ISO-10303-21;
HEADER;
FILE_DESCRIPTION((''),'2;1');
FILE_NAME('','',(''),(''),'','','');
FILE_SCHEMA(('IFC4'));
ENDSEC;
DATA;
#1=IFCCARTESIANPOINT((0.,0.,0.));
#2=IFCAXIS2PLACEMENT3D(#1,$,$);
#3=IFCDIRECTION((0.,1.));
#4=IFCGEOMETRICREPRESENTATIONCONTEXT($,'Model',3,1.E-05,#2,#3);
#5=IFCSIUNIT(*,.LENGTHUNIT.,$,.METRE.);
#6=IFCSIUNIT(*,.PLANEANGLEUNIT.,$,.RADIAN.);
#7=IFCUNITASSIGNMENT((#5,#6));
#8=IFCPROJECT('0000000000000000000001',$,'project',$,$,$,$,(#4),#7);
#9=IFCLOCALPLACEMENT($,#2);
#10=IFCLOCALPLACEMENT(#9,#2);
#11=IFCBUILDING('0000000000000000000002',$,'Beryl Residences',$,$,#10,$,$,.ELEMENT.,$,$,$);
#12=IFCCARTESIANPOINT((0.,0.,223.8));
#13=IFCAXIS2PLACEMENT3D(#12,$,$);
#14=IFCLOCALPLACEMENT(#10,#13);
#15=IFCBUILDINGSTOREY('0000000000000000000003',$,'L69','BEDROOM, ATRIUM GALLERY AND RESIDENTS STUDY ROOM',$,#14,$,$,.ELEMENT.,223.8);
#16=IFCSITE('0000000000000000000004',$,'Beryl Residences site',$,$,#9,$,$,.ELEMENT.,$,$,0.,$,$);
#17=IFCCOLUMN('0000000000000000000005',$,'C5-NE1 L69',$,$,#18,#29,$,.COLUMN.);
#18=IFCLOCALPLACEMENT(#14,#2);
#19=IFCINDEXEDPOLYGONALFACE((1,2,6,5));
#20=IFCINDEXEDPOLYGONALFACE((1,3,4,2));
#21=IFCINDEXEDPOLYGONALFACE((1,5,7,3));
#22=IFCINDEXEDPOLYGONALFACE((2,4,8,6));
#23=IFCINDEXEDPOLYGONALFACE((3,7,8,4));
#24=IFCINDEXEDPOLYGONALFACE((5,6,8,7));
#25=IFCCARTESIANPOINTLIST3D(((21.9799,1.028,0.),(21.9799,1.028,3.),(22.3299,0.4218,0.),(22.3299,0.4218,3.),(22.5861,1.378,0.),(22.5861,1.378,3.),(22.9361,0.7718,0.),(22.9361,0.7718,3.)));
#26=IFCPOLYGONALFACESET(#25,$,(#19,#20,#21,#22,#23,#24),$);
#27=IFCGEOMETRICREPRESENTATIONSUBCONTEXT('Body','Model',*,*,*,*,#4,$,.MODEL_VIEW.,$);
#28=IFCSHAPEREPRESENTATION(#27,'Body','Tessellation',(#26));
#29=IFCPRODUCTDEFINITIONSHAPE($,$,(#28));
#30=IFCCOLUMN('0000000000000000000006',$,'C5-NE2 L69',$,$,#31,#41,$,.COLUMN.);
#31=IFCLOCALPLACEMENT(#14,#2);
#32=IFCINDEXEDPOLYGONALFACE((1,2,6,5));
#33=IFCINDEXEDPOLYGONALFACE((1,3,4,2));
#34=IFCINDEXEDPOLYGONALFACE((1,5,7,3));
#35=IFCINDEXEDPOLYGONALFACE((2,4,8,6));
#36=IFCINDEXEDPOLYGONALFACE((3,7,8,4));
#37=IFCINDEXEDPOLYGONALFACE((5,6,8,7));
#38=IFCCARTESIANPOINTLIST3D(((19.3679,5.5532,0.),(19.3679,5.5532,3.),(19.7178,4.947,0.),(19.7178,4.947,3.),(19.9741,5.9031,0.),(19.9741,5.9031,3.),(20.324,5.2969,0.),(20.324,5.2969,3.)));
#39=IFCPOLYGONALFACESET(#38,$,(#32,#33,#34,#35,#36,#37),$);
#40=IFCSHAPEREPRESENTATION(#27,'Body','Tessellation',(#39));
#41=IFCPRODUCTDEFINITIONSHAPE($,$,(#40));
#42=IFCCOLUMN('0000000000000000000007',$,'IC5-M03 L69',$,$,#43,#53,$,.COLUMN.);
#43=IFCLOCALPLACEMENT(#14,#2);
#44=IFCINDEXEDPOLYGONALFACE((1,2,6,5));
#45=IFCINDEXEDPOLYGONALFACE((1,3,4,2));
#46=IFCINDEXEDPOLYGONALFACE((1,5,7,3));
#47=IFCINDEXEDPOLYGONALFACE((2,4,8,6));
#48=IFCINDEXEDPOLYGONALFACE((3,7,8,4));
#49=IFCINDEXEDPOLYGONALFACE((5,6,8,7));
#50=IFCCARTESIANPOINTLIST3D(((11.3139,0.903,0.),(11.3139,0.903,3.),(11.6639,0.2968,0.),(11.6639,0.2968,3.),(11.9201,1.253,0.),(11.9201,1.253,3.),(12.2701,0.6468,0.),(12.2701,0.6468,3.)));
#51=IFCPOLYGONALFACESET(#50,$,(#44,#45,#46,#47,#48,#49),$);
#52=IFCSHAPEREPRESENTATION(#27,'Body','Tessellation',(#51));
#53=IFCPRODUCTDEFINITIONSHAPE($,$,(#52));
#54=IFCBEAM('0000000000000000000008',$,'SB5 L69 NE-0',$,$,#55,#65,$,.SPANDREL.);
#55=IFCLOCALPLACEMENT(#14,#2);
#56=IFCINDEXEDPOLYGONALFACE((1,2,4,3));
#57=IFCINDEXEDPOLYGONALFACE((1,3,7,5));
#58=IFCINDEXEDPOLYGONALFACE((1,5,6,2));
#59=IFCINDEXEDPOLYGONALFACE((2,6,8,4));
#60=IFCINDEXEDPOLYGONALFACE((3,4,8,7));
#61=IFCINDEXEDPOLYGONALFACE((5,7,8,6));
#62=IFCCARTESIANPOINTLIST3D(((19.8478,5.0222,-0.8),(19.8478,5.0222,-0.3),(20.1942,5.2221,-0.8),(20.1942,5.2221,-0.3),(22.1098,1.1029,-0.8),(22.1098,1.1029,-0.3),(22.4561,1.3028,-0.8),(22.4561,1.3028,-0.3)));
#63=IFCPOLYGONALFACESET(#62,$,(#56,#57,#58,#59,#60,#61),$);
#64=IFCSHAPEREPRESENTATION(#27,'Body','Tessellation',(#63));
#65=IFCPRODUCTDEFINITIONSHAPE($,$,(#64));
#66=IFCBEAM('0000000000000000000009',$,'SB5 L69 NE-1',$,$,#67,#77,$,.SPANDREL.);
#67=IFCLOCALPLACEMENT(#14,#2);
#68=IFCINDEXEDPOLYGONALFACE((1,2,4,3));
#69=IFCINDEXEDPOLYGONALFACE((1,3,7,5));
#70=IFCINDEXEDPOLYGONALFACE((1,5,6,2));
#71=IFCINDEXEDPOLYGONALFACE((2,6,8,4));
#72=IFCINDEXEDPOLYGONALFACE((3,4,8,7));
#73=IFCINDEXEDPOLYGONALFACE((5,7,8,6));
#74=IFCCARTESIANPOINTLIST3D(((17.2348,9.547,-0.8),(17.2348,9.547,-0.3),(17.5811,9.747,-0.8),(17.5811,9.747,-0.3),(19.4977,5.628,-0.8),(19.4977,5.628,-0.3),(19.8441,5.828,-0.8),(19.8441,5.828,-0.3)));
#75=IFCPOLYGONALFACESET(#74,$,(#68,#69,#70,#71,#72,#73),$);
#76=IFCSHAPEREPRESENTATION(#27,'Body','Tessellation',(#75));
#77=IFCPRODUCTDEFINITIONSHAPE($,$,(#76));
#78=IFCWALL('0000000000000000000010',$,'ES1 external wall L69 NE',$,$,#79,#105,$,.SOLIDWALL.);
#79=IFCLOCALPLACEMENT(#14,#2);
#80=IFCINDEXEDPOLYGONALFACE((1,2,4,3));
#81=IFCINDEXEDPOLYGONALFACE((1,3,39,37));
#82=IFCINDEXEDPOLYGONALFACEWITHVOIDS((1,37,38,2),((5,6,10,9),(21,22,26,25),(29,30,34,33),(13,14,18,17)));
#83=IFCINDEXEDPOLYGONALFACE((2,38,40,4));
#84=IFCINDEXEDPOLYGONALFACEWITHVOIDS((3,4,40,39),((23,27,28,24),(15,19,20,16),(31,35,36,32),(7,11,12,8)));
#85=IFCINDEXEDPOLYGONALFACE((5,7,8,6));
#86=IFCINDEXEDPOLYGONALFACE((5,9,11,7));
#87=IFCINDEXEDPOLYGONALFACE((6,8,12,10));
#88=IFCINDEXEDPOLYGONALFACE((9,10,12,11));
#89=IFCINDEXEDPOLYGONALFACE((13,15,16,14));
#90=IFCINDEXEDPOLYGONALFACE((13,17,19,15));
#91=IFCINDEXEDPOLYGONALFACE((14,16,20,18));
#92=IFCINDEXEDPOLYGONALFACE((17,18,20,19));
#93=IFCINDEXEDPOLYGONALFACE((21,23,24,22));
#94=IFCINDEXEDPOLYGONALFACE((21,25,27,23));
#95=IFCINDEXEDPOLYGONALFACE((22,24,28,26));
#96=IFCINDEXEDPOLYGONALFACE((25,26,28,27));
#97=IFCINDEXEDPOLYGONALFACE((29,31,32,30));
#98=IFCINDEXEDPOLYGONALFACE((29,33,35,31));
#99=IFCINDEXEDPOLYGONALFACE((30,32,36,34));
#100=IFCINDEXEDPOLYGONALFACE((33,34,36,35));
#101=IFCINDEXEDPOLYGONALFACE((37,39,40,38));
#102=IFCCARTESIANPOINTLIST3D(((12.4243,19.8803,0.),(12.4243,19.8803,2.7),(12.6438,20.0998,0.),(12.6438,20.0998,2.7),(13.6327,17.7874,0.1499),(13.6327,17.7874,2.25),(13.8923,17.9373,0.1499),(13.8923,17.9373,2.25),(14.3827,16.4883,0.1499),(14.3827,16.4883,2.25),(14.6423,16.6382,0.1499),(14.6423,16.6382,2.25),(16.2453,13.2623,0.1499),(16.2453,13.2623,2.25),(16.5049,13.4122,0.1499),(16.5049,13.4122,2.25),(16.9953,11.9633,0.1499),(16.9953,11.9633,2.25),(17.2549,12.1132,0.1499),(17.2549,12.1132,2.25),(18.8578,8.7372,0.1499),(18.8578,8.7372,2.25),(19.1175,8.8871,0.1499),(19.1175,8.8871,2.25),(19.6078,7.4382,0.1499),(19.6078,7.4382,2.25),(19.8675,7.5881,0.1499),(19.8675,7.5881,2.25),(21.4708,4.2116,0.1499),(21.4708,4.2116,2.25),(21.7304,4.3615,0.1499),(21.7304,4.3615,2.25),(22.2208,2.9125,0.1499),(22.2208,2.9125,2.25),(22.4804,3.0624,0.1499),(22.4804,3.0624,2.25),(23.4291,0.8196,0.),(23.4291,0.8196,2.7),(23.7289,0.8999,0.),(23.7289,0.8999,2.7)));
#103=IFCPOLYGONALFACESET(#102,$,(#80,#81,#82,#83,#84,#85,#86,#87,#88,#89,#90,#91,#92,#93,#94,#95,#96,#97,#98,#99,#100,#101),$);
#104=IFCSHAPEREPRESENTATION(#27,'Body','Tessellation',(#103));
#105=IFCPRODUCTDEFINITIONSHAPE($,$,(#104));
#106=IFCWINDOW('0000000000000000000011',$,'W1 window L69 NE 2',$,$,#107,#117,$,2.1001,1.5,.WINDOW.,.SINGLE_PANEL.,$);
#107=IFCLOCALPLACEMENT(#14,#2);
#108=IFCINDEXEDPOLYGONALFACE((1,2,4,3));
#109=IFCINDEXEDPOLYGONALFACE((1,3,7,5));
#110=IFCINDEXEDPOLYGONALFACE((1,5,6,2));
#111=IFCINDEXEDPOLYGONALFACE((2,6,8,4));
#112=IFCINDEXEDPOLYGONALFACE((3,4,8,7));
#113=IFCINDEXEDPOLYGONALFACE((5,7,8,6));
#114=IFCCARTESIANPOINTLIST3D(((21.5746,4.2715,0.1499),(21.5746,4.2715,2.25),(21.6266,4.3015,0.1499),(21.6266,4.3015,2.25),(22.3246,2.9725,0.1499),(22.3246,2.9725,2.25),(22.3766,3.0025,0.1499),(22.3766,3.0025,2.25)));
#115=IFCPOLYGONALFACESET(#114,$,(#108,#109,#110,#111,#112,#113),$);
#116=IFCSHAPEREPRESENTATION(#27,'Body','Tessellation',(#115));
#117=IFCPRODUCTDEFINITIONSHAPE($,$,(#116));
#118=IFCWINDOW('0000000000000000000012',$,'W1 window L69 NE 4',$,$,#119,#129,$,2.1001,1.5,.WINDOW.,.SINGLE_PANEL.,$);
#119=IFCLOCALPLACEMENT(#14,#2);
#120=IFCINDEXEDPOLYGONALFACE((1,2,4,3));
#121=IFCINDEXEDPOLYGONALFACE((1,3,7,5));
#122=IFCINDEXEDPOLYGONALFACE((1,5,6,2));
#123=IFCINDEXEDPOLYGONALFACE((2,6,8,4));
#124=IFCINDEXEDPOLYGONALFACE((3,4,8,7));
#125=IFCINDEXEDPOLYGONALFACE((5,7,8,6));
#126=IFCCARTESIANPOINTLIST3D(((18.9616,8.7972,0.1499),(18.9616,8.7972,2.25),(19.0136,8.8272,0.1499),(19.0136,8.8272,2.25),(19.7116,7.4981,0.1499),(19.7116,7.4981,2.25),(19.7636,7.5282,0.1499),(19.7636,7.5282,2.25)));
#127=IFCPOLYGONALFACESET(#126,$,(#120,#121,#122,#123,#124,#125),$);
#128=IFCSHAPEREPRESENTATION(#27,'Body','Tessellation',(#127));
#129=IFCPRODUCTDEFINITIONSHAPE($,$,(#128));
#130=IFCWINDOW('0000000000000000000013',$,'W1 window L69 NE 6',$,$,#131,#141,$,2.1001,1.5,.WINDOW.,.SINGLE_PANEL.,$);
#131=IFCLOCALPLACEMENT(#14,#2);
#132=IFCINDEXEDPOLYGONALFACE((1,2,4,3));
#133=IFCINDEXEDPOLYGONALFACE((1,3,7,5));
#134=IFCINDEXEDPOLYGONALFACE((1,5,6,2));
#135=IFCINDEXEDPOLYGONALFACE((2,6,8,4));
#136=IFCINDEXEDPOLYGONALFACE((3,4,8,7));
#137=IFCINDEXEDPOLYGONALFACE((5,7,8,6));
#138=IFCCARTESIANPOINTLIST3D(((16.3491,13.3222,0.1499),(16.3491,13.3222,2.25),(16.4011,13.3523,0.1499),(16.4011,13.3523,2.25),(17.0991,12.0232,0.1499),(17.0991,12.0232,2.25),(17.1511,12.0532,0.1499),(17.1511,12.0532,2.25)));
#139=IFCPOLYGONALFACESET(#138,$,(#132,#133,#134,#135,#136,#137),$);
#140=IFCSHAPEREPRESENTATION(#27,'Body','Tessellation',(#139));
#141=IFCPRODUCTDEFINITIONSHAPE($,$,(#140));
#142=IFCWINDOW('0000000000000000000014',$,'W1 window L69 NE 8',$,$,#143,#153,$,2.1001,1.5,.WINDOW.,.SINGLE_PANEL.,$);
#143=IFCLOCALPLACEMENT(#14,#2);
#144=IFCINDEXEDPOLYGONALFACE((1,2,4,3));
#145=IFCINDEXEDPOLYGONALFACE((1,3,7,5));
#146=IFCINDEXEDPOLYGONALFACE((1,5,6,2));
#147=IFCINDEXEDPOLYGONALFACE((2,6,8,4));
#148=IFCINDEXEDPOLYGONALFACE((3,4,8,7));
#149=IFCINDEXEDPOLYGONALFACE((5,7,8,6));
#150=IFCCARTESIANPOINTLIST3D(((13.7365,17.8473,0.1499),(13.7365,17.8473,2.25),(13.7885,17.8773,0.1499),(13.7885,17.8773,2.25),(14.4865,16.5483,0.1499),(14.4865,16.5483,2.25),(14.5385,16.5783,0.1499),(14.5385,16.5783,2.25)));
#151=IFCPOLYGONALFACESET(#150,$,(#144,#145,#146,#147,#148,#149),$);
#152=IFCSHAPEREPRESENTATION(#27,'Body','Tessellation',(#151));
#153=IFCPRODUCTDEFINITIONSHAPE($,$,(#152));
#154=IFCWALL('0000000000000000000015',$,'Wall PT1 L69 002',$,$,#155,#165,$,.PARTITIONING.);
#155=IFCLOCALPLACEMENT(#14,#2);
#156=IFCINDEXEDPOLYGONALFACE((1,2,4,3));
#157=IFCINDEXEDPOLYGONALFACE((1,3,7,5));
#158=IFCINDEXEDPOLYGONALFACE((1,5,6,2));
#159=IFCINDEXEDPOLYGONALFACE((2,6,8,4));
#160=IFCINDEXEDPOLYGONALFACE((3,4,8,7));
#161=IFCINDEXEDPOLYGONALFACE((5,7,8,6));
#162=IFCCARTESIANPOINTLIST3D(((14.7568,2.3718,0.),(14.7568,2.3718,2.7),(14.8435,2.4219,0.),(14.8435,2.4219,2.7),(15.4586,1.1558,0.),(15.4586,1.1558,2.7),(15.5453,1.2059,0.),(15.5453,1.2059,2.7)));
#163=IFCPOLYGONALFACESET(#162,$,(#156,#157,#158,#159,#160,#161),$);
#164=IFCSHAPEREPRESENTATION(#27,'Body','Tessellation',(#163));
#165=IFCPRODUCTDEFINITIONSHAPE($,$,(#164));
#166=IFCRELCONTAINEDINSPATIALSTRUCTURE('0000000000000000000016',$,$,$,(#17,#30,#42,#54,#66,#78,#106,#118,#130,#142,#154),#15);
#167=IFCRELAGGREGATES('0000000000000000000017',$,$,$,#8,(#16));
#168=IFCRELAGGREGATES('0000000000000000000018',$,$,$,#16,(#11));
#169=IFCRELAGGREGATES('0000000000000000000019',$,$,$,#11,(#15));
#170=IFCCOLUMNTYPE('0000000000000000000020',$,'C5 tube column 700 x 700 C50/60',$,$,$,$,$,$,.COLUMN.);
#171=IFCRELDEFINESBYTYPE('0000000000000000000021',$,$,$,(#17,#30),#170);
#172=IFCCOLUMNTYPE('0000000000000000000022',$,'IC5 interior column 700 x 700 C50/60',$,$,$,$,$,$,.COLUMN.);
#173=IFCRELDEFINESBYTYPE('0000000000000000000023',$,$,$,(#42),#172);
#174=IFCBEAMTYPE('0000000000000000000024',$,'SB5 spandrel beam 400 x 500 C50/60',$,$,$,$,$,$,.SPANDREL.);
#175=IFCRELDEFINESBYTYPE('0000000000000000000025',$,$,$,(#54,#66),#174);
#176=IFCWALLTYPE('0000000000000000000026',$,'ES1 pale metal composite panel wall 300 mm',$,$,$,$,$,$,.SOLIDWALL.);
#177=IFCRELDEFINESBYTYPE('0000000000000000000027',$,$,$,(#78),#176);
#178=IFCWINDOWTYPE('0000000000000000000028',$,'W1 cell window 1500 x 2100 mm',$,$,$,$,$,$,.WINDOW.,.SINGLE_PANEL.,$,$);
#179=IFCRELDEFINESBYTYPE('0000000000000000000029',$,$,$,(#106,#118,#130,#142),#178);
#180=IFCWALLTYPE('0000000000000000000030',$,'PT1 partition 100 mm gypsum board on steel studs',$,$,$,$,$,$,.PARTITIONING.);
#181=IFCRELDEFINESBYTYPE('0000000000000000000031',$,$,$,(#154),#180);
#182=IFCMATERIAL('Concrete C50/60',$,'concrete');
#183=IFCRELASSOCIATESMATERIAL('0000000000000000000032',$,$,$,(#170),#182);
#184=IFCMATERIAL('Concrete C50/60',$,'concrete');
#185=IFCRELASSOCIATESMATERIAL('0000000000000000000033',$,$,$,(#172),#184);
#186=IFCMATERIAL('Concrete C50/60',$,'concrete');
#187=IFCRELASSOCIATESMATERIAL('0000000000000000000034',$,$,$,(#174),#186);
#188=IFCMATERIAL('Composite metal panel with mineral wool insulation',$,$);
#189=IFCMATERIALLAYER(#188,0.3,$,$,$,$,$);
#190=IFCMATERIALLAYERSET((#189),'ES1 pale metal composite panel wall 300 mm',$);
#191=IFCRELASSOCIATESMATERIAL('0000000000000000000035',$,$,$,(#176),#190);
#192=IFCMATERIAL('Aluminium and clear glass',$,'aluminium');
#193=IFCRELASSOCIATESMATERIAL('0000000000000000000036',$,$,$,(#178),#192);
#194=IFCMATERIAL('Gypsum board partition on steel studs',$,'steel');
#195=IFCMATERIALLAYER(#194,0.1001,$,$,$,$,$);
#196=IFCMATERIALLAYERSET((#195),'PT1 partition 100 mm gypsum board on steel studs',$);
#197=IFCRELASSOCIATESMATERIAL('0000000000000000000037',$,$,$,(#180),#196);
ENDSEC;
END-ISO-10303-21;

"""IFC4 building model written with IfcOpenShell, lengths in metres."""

from ifc_helpers import new_model, si_unit, direction, frame, frame_2d, origin, origin_2d, place, context, subcontext, project, spatial, polyline, rectangle, outline, extrude, material, layer, layer_set, material_profile, profile_set, type_object, element, fill, save


model = new_model("IFC4")

# Units and contexts
model_context = context("Model", 3, precision=1e-05, world=origin(), true_north=direction((0.0, 1.0)))
body_context = subcontext(model_context, "Body", "Model", "MODEL_VIEW")
ifc_project = project(units=[si_unit("LENGTHUNIT", "METRE"), si_unit("PLANEANGLEUNIT", "RADIAN")], contexts=[model_context])

# Site, building, storey
site_placement = place(None, origin())
site = spatial("IfcSite", under=ifc_project, at=site_placement, Name="Beryl Residences site", CompositionType="ELEMENT", RefElevation=0.0)
building_placement = place(site_placement, origin())
building = spatial("IfcBuilding", under=site, at=building_placement, Name="Beryl Residences", CompositionType="ELEMENT")
storey_placement = place(building_placement, frame((0.0, 0.0, 223.8)))
storey = spatial("IfcBuildingStorey", under=building, at=storey_placement, Name="L69", Description="BEDROOM, ATRIUM GALLERY AND RESIDENTS STUDY ROOM", CompositionType="ELEMENT", Elevation=223.8)

# Columns
ifc_material_1 = material(Name="Concrete C50/60", Category="concrete")
ifc_material_profile_1 = material_profile(ifc_material_1, rectangle(XDim=0.7, YDim=0.7, at=origin_2d()))
ifc_profile_set_1 = profile_set([ifc_material_profile_1], Name="Concrete C50/60")
column_type_1 = type_object("IfcColumnType", Name="C5 tube column 700 x 700 C50/60", PredefinedType="COLUMN", material=ifc_profile_set_1)
for number, where, z_axis, x_axis, name in (
    (1, (22.458, 0.8999, 0.0), (0.0, 0.0, 1.0), (-0.49997, 0.866043, 0.0), "C5-NE1 L69"),
    (2, (19.8459, 5.425, 0.0), (0.0, 0.0, 1.0), (-0.49997, 0.866043, 0.0), "C5-NE2 L69"),
):
    element("IfcColumn", number, at=place(storey_placement, frame(where, z_axis=z_axis, x_axis=x_axis)), inside=storey, type_object=column_type_1, Name=name, PredefinedType="COLUMN", context=body_context, shape_type="SweptSolid", body=[
        extrude(rectangle(XDim=0.7, YDim=0.7, at=origin_2d()), origin(), (0.0, 0.0, 1.0), 3.0),
    ])
ifc_material_2 = material(Name="Concrete C50/60", Category="concrete")
ifc_material_profile_2 = material_profile(ifc_material_2, rectangle(XDim=0.7, YDim=0.7, at=origin_2d()))
ifc_profile_set_2 = profile_set([ifc_material_profile_2], Name="Concrete C50/60")
column_type_2 = type_object("IfcColumnType", Name="IC5 interior column 700 x 700 C50/60", PredefinedType="COLUMN", material=ifc_profile_set_2)
column_placement = place(storey_placement, frame((11.792, 0.7749, 0.0), z_axis=(0.0, 0.0, 1.0), x_axis=(-0.49997, 0.866043, 0.0)))
element("IfcColumn", 3, at=column_placement, inside=storey, type_object=column_type_2, Name="IC5-M03 L69", PredefinedType="COLUMN", context=body_context, shape_type="SweptSolid", body=[
    extrude(rectangle(XDim=0.7, YDim=0.7, at=origin_2d()), origin(), (0.0, 0.0, 1.0), 3.0),
])

# Beams
ifc_material_3 = material(Name="Concrete C50/60", Category="concrete")
ifc_material_profile_3 = material_profile(ifc_material_3, rectangle(XDim=0.3999, YDim=0.5, at=origin_2d()))
ifc_profile_set_3 = profile_set([ifc_material_profile_3], Name="Concrete C50/60")
beam_type = type_object("IfcBeamType", Name="SB5 spandrel beam 400 x 500 C50/60", PredefinedType="SPANDREL", material=ifc_profile_set_3)
beam_1_placement = place(storey_placement, frame((22.283, 1.2029, -0.55), z_axis=(-0.49987, 0.8661, 0.0), x_axis=(-0.8661, -0.49987, 0.0)))
element("IfcBeam", 4, at=beam_1_placement, inside=storey, type_object=beam_type, Name="SB5 L69 NE-0", PredefinedType="SPANDREL", context=body_context, shape_type="SweptSolid", body=[
    extrude(rectangle(XDim=0.3999, YDim=0.5, at=origin_2d()), origin(), (0.0, 0.0, 1.0), 4.5251),
])
beam_2_placement = place(storey_placement, frame((19.6709, 5.728, -0.55), z_axis=(-0.500056, 0.865993, 0.0), x_axis=(-0.865993, -0.500056, 0.0)))
element("IfcBeam", 5, at=beam_2_placement, inside=storey, type_object=beam_type, Name="SB5 L69 NE-1", PredefinedType="SPANDREL", context=body_context, shape_type="SweptSolid", body=[
    extrude(rectangle(XDim=0.3999, YDim=0.5, at=origin_2d()), origin(), (0.0, 0.0, 1.0), 4.5254),
])

# Wall, openings, windows
ifc_material_4 = material(Name="Composite metal panel with mineral wool insulation")
ifc_layer_1 = layer(ifc_material_4, 0.3)
ifc_layer_set_1 = layer_set([ifc_layer_1], Name="ES1 pale metal composite panel wall 300 mm")
wall_type_1 = type_object("IfcWallType", Name="ES1 pale metal composite panel wall 300 mm", PredefinedType="SOLIDWALL", material=ifc_layer_set_1)
wall_1_placement = place(storey_placement, frame((23.5991, 0.825, 0.0), z_axis=(0.0, 0.0, 1.0), x_axis=(-0.500004, 0.866023, 0.0)))
wall_1 = element("IfcWall", 6, at=wall_1_placement, inside=storey, type_object=wall_type_1, Name="ES1 external wall L69 NE", PredefinedType="SOLIDWALL", context=body_context, shape_type="SweptSolid", body=[
    extrude(outline(polyline([(0.0, -0.1499), (22.1702, -0.1499), (22.0898, 0.1499), (0.0803, 0.1499), (0.0, -0.1499)])), origin(), (0.0, 0.0, 1.0), 2.7),
])
opening_1_placement = place(wall_1_placement, frame((2.4971, 0.0, 0.1499)))
opening_1 = element("IfcOpeningElement", 7, at=opening_1_placement, cuts=wall_1, PredefinedType="OPENING", context=body_context, shape_type="SweptSolid", body=[
    extrude(rectangle(XDim=1.5, YDim=2.1001, at=frame_2d((0.75, 1.05))), frame((0.0, 0.1599, 0.0), z_axis=(0.0, -1.0, 0.0), x_axis=(1.0, 0.0, 0.0)), (0.0, 0.0, 1.0), 0.3201),
])
opening_2_placement = place(wall_1_placement, frame((7.7229, 0.0, 0.1499)))
opening_2 = element("IfcOpeningElement", 8, at=opening_2_placement, cuts=wall_1, PredefinedType="OPENING", context=body_context, shape_type="SweptSolid", body=[
    extrude(rectangle(XDim=1.5, YDim=2.1001, at=frame_2d((0.75, 1.05))), frame((0.0, 0.1599, 0.0), z_axis=(0.0, -1.0, 0.0), x_axis=(1.0, 0.0, 0.0)), (0.0, 0.0, 1.0), 0.3201),
])
opening_3_placement = place(wall_1_placement, frame((12.948, 0.0, 0.1499)))
opening_3 = element("IfcOpeningElement", 9, at=opening_3_placement, cuts=wall_1, PredefinedType="OPENING", context=body_context, shape_type="SweptSolid", body=[
    extrude(rectangle(XDim=1.5, YDim=2.1001, at=frame_2d((0.75, 1.05))), frame((0.0, 0.1599, 0.0), z_axis=(0.0, -1.0, 0.0), x_axis=(1.0, 0.0, 0.0)), (0.0, 0.0, 1.0), 0.3201),
])
opening_4_placement = place(wall_1_placement, frame((18.1731, 0.0, 0.1499)))
opening_4 = element("IfcOpeningElement", 10, at=opening_4_placement, cuts=wall_1, PredefinedType="OPENING", context=body_context, shape_type="SweptSolid", body=[
    extrude(rectangle(XDim=1.5, YDim=2.1001, at=frame_2d((0.75, 1.05))), frame((0.0, 0.1599, 0.0), z_axis=(0.0, -1.0, 0.0), x_axis=(1.0, 0.0, 0.0)), (0.0, 0.0, 1.0), 0.3201),
])
ifc_material_5 = material(Name="Aluminium and clear glass", Category="aluminium")
window_type = type_object("IfcWindowType", Name="W1 cell window 1500 x 2100 mm", PartitioningType="SINGLE_PANEL", PredefinedType="WINDOW", material=ifc_material_5)
window_1_placement = place(opening_1_placement, origin())
window_1 = element("IfcWindow", 11, at=window_1_placement, inside=storey, type_object=window_type, Name="W1 window L69 NE 2", OverallHeight=2.1001, OverallWidth=1.5, PartitioningType="SINGLE_PANEL", PredefinedType="WINDOW", context=body_context, shape_type="SweptSolid", body=[
    extrude(rectangle(XDim=1.5, YDim=2.1001, at=frame_2d((0.75, 1.05))), frame((0.0, 0.03, 0.0), z_axis=(0.0, -1.0, 0.0), x_axis=(1.0, 0.0, 0.0)), (0.0, 0.0, 1.0), 0.0601),
])
fill(opening_1, window_1)
window_2_placement = place(opening_2_placement, origin())
window_2 = element("IfcWindow", 12, at=window_2_placement, inside=storey, type_object=window_type, Name="W1 window L69 NE 4", OverallHeight=2.1001, OverallWidth=1.5, PartitioningType="SINGLE_PANEL", PredefinedType="WINDOW", context=body_context, shape_type="SweptSolid", body=[
    extrude(rectangle(XDim=1.5, YDim=2.1001, at=frame_2d((0.75, 1.05))), frame((0.0, 0.03, 0.0), z_axis=(0.0, -1.0, 0.0), x_axis=(1.0, 0.0, 0.0)), (0.0, 0.0, 1.0), 0.0601),
])
fill(opening_2, window_2)
window_3_placement = place(opening_3_placement, origin())
window_3 = element("IfcWindow", 13, at=window_3_placement, inside=storey, type_object=window_type, Name="W1 window L69 NE 6", OverallHeight=2.1001, OverallWidth=1.5, PartitioningType="SINGLE_PANEL", PredefinedType="WINDOW", context=body_context, shape_type="SweptSolid", body=[
    extrude(rectangle(XDim=1.5, YDim=2.1001, at=frame_2d((0.75, 1.05))), frame((0.0, 0.03, 0.0), z_axis=(0.0, -1.0, 0.0), x_axis=(1.0, 0.0, 0.0)), (0.0, 0.0, 1.0), 0.0601),
])
fill(opening_3, window_3)
window_4_placement = place(opening_4_placement, origin())
window_4 = element("IfcWindow", 14, at=window_4_placement, inside=storey, type_object=window_type, Name="W1 window L69 NE 8", OverallHeight=2.1001, OverallWidth=1.5, PartitioningType="SINGLE_PANEL", PredefinedType="WINDOW", context=body_context, shape_type="SweptSolid", body=[
    extrude(rectangle(XDim=1.5, YDim=2.1001, at=frame_2d((0.75, 1.05))), frame((0.0, 0.03, 0.0), z_axis=(0.0, -1.0, 0.0), x_axis=(1.0, 0.0, 0.0)), (0.0, 0.0, 1.0), 0.0601),
])
fill(opening_4, window_4)

# Wall
ifc_material_6 = material(Name="Gypsum board partition on steel studs", Category="steel")
ifc_layer_2 = layer(ifc_material_6, 0.1001)
ifc_layer_set_2 = layer_set([ifc_layer_2], Name="PT1 partition 100 mm gypsum board on steel studs")
wall_type_2 = type_object("IfcWallType", Name="PT1 partition 100 mm gypsum board on steel studs", PredefinedType="PARTITIONING", material=ifc_layer_set_2)
wall_2_placement = place(storey_placement, frame((14.8, 2.397, 0.0), z_axis=(0.0, 0.0, 1.0), x_axis=(0.499898, -0.866084, 0.0)))
element("IfcWall", 15, at=wall_2_placement, inside=storey, type_object=wall_type_2, Name="Wall PT1 L69 002", PredefinedType="PARTITIONING", context=body_context, shape_type="SweptSolid", body=[
    extrude(rectangle(XDim=1.4041, YDim=0.1001, at=frame_2d((0.7021, 0.0))), origin(), (0.0, 0.0, 1.0), 2.7),
])

save(model, "model.ifc")
